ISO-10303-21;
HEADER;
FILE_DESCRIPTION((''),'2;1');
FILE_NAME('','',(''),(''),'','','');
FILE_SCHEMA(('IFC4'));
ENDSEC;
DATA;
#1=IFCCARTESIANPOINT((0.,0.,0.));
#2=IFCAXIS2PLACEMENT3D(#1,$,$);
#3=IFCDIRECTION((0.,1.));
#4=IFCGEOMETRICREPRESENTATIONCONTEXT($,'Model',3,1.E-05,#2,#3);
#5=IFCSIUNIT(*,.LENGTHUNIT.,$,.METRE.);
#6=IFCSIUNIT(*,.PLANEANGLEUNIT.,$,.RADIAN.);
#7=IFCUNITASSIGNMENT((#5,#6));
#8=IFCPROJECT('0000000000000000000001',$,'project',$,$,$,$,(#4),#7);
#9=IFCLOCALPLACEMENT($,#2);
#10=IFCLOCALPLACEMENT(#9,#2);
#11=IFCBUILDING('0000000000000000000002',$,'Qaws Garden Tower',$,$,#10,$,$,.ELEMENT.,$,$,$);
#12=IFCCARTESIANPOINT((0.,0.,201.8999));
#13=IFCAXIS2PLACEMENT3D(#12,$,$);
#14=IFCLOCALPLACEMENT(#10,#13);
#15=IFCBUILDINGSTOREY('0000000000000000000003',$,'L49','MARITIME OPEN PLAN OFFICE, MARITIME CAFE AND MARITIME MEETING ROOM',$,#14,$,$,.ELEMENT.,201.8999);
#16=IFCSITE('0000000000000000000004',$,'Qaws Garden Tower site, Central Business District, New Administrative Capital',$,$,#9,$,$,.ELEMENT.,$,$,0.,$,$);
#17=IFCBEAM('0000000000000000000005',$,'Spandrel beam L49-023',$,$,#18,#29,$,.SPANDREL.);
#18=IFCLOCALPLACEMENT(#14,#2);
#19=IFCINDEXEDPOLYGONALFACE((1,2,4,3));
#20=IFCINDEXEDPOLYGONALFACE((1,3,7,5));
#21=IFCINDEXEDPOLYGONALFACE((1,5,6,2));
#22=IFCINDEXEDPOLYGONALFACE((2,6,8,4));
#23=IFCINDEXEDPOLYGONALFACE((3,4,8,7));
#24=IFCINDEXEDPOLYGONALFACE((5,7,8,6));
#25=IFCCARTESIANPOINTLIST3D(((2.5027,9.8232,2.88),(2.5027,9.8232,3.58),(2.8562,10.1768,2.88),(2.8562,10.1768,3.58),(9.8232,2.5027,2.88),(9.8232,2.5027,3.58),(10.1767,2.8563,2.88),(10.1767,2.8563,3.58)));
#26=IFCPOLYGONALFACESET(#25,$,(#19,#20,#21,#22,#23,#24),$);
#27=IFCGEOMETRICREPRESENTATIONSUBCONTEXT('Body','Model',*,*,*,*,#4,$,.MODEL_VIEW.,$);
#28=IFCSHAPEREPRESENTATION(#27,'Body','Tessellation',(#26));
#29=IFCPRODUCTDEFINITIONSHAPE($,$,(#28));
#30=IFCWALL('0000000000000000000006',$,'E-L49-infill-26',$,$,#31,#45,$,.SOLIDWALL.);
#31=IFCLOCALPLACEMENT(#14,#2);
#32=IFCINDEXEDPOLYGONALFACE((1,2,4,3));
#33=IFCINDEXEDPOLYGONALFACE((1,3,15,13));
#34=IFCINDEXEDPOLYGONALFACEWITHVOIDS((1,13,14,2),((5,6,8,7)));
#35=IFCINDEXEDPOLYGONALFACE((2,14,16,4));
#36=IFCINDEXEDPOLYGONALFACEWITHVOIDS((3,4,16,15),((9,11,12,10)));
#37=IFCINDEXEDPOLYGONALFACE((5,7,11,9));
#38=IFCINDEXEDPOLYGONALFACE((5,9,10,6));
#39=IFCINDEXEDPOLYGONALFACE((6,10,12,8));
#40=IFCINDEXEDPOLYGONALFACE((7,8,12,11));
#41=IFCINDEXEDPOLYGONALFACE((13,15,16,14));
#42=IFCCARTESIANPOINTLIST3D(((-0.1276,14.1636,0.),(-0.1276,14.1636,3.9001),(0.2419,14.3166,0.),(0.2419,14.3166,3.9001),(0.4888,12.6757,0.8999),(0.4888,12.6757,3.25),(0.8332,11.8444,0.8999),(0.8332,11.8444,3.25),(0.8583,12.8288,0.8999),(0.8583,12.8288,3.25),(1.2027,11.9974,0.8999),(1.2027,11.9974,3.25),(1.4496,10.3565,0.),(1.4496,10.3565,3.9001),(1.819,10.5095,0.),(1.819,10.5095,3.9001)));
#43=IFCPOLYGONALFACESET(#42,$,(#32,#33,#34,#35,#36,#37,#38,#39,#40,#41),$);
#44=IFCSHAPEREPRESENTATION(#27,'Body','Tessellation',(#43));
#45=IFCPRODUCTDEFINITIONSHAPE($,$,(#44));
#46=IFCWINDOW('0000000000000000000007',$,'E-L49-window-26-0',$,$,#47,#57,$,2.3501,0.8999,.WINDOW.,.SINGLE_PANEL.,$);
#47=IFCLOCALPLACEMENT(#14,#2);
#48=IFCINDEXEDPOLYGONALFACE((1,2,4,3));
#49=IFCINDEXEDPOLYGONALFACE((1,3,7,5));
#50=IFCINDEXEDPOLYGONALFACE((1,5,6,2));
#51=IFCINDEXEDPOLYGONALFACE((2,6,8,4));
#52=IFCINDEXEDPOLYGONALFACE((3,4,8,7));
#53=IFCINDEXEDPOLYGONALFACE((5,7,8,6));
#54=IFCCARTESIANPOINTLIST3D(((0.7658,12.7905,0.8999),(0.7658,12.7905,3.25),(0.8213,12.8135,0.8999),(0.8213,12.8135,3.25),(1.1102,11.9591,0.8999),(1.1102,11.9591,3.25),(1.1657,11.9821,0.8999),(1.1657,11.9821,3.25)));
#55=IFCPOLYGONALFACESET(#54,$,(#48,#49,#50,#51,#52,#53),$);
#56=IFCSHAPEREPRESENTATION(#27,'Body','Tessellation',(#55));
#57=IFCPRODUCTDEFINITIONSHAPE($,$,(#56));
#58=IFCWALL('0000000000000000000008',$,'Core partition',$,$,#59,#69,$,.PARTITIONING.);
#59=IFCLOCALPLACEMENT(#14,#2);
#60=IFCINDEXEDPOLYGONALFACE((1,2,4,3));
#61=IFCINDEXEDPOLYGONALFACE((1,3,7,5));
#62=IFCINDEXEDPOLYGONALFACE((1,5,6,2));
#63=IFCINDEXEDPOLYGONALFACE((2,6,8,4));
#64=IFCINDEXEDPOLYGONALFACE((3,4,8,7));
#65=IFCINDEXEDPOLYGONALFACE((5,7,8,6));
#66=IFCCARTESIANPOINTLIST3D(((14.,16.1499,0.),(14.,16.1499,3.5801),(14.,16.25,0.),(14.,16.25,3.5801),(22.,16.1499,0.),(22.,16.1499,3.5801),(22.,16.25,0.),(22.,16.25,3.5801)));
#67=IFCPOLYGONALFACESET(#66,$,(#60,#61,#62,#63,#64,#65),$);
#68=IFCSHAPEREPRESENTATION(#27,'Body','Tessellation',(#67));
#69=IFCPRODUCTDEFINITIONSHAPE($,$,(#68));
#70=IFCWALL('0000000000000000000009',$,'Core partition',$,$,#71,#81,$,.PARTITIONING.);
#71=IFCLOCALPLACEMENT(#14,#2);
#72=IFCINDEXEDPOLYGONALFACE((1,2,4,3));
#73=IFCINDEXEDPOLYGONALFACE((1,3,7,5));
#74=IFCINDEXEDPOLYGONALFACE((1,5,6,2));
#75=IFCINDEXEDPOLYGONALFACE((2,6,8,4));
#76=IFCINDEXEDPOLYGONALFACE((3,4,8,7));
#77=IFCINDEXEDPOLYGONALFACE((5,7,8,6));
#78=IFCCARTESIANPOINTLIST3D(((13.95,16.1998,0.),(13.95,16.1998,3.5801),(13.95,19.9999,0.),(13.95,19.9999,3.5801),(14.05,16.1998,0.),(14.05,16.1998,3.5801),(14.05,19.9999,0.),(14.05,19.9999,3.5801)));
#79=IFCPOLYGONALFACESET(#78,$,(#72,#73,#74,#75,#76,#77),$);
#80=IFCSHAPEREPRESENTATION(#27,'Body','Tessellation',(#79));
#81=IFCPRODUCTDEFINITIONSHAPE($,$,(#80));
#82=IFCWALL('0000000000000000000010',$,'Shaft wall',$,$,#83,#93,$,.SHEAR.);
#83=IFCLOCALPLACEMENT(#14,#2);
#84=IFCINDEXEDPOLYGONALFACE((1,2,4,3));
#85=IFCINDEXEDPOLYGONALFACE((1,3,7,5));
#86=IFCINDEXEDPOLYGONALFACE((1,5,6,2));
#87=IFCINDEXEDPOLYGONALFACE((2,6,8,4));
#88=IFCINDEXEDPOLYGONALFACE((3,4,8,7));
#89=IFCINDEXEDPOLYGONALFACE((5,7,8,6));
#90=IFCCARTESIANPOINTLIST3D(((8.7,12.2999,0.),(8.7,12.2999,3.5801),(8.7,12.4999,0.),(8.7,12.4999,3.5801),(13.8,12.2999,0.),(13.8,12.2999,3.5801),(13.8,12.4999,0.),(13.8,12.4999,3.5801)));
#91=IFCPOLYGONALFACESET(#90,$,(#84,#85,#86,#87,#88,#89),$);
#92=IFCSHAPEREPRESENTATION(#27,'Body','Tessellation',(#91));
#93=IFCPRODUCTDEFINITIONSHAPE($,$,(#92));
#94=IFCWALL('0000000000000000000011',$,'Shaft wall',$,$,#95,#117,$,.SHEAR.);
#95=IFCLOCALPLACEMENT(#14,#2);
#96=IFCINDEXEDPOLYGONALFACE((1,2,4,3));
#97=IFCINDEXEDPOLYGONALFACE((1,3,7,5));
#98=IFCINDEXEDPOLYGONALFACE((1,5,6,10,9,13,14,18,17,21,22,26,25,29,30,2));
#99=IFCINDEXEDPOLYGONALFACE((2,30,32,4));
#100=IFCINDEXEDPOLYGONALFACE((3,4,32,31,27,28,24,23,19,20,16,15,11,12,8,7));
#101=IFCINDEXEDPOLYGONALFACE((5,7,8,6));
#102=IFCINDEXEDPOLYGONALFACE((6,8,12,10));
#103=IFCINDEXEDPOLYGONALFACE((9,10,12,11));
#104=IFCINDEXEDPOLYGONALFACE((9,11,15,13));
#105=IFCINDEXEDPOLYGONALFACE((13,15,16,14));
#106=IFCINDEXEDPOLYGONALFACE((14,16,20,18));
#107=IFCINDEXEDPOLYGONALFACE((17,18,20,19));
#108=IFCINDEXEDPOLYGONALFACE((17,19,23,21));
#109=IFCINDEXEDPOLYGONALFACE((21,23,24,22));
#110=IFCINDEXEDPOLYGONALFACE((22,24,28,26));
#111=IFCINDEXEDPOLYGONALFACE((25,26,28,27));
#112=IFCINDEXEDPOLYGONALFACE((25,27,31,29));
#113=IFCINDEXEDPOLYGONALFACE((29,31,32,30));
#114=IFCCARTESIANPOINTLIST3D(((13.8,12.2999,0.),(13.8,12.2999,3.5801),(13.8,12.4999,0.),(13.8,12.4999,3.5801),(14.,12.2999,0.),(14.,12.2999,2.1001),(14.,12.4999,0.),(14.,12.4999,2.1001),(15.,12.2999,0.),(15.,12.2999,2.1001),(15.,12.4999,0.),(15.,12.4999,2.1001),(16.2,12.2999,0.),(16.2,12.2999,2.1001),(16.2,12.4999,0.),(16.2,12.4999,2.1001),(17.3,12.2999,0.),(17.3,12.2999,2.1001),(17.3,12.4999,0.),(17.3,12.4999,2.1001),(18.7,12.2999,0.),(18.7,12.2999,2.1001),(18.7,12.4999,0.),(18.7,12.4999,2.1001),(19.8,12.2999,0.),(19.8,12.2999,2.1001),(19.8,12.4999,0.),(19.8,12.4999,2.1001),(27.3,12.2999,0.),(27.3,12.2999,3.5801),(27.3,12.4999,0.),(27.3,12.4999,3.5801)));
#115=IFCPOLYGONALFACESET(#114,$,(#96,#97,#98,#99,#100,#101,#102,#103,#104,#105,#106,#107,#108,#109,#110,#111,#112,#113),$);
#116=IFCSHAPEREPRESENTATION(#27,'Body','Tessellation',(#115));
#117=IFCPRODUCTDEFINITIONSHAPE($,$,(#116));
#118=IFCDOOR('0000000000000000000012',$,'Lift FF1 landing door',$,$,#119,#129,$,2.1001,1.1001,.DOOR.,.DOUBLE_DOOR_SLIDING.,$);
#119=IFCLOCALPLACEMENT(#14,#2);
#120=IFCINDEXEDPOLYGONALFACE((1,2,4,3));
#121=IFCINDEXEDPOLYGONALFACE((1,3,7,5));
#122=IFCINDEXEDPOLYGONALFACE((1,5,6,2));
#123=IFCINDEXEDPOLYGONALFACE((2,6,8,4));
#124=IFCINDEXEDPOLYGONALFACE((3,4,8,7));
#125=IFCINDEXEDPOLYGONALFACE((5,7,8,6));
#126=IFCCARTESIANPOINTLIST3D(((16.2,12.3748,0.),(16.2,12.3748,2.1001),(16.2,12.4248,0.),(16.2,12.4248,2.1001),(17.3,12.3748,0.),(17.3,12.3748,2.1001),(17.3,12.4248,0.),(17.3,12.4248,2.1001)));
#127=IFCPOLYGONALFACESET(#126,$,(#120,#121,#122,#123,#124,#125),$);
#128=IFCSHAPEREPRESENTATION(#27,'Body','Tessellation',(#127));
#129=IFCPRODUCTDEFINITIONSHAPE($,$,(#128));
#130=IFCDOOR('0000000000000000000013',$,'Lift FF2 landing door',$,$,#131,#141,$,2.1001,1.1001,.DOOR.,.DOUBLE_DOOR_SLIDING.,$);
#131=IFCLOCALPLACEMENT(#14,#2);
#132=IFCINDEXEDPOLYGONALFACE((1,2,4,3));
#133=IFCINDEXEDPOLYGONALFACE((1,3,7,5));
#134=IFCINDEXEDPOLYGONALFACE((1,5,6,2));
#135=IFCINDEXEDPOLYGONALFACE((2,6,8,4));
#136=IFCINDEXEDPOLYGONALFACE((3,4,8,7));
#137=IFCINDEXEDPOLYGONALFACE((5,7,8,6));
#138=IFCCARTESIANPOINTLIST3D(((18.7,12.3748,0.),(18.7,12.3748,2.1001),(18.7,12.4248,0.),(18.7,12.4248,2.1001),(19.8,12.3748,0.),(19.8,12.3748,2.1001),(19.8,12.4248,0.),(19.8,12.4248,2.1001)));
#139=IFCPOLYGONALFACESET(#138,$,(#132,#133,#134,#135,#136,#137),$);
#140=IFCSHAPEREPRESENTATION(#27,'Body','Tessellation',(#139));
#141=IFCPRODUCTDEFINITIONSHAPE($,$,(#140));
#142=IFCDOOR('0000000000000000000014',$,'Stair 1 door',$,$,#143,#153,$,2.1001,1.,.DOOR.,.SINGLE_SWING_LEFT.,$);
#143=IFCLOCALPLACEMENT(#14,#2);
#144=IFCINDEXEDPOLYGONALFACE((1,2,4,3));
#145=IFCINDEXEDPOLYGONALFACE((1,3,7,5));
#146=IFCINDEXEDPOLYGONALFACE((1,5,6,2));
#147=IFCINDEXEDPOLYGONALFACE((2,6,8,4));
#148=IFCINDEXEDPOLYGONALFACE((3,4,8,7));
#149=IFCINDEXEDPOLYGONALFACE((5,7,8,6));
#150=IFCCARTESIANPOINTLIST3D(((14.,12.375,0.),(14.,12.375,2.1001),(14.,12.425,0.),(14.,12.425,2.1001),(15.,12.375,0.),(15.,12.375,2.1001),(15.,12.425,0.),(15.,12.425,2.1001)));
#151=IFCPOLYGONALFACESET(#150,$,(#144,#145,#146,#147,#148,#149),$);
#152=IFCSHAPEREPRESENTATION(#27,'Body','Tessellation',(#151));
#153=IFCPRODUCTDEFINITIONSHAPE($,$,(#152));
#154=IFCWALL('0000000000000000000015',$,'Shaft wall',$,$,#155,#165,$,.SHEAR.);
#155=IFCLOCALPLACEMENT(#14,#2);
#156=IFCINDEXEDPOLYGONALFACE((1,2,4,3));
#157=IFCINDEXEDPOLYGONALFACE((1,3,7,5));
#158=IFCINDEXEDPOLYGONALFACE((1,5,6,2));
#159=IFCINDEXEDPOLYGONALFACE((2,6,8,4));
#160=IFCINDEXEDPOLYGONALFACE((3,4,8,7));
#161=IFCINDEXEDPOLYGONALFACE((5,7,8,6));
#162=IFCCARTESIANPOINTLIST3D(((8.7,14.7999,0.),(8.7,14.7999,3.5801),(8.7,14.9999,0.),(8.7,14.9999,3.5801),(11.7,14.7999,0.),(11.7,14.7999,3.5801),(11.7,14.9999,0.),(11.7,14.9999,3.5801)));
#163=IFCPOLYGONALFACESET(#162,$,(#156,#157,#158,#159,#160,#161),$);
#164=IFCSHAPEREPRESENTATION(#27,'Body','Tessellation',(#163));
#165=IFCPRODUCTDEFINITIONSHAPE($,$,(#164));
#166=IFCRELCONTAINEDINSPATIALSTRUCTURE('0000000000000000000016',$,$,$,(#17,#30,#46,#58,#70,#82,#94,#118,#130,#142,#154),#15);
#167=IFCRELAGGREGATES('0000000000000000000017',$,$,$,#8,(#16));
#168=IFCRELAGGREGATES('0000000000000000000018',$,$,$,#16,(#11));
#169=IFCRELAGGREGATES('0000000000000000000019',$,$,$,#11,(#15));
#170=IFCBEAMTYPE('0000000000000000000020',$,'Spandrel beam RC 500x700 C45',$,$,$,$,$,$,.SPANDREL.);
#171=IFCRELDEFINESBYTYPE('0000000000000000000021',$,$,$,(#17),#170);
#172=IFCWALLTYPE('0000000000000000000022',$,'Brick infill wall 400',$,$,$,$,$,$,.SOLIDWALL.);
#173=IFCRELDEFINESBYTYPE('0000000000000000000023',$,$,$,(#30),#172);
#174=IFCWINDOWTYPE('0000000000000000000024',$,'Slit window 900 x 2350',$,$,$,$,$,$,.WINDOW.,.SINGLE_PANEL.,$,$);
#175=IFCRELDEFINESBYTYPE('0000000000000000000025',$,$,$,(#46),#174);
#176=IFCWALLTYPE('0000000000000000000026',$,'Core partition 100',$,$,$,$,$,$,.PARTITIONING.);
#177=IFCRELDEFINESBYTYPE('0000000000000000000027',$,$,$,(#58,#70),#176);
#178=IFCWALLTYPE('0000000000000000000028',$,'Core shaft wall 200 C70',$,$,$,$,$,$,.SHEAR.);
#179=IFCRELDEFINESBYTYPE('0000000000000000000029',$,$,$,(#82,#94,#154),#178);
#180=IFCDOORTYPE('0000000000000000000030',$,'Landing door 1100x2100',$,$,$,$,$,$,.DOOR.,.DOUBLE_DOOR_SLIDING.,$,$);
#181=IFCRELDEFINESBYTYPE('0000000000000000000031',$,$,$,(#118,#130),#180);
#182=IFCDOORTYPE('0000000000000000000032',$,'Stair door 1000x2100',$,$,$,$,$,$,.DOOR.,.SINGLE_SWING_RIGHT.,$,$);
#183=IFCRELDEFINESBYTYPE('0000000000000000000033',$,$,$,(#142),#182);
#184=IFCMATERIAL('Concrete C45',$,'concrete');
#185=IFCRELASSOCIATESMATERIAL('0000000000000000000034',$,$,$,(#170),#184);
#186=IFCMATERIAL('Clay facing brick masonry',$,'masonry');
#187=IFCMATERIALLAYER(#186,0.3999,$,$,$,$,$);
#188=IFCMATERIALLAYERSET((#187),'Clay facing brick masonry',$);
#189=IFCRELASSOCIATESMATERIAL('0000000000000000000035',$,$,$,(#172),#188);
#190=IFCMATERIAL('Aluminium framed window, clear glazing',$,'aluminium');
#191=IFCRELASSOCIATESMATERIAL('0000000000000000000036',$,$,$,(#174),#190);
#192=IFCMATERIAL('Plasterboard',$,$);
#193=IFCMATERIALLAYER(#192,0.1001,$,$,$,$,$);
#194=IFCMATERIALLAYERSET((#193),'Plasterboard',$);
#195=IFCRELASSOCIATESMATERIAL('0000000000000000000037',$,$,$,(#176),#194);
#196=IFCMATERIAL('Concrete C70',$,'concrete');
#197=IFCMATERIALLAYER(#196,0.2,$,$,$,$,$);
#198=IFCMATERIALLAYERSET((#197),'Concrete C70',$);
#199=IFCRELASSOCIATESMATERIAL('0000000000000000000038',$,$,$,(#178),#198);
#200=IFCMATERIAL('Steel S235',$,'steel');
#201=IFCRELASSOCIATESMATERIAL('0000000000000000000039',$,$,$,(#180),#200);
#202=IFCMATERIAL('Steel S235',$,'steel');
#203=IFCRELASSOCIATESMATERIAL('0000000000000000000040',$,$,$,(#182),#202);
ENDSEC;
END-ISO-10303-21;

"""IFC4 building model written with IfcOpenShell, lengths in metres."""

from ifc_helpers import new_model, si_unit, direction, frame, frame_2d, origin, origin_2d, place, context, subcontext, project, spatial, rectangle, extrude, material, layer, layer_set, material_profile, profile_set, type_object, element, fill, save


model = new_model("IFC4")

# Units and contexts
model_context = context("Model", 3, precision=1e-05, world=origin(), true_north=direction((0.0, 1.0)))
body_context = subcontext(model_context, "Body", "Model", "MODEL_VIEW")
ifc_project = project(units=[si_unit("LENGTHUNIT", "METRE"), si_unit("PLANEANGLEUNIT", "RADIAN")], contexts=[model_context])

# Site, building, storey
site_placement = place(None, origin())
site = spatial("IfcSite", under=ifc_project, at=site_placement, Name="Qaws Garden Tower site, Central Business District, New Administrative Capital", CompositionType="ELEMENT", RefElevation=0.0)
building_placement = place(site_placement, origin())
building = spatial("IfcBuilding", under=site, at=building_placement, Name="Qaws Garden Tower", CompositionType="ELEMENT")
storey_placement = place(building_placement, frame((0.0, 0.0, 201.8999)))
storey = spatial("IfcBuildingStorey", under=building, at=storey_placement, Name="L49", Description="MARITIME OPEN PLAN OFFICE, MARITIME CAFE AND MARITIME MEETING ROOM", CompositionType="ELEMENT", Elevation=201.8999)

# Beam
ifc_material_1 = material(Name="Concrete C45", Category="concrete")
ifc_material_profile = material_profile(ifc_material_1, rectangle(XDim=0.5, YDim=0.7, at=origin_2d()), Name="RC 500x700")
ifc_profile_set = profile_set([ifc_material_profile], Name="Concrete C45")
beam_type = type_object("IfcBeamType", Name="Spandrel beam RC 500x700 C45", PredefinedType="SPANDREL", material=ifc_profile_set)
beam_placement = place(storey_placement, frame((2.6794, 10.0, 3.23), z_axis=(0.707107, -0.707107, 0.0), x_axis=(0.707107, 0.707107, 0.0)))
element("IfcBeam", 1, at=beam_placement, inside=storey, type_object=beam_type, Name="Spandrel beam L49-023", PredefinedType="SPANDREL", context=body_context, shape_type="SweptSolid", body=[
    extrude(rectangle(XDim=0.5, YDim=0.7, at=origin_2d()), origin(), (0.0, 0.0, 1.0), 10.3528),
])

# Wall, opening, window
ifc_material_2 = material(Name="Clay facing brick masonry", Category="masonry")
ifc_layer_1 = layer(ifc_material_2, 0.3999)
ifc_layer_set_1 = layer_set([ifc_layer_1], Name="Clay facing brick masonry")
wall_type_1 = type_object("IfcWallType", Name="Brick infill wall 400", PredefinedType="SOLIDWALL", material=ifc_layer_set_1)
wall_1_placement = place(storey_placement, frame((0.0571, 14.2402, 0.0), z_axis=(0.0, 0.0, 1.0), x_axis=(0.382722, -0.923864, 0.0)))
wall_1 = element("IfcWall", 2, at=wall_1_placement, inside=storey, type_object=wall_type_1, Name="E-L49-infill-26", PredefinedType="SOLIDWALL", context=body_context, shape_type="SweptSolid", body=[
    extrude(rectangle(XDim=4.1208, YDim=0.3999, at=frame_2d((2.0605, 0.0))), origin(), (0.0, 0.0, 1.0), 3.9001),
])
opening_1_placement = place(wall_1_placement, frame((1.6106, 0.0, 0.8999)))
opening_1 = element("IfcOpeningElement", 3, at=opening_1_placement, cuts=wall_1, PredefinedType="OPENING", context=body_context, shape_type="SweptSolid", body=[
    extrude(rectangle(XDim=0.8999, YDim=2.3501, at=frame_2d((0.45, 1.175))), frame((0.0, 0.21, 0.0), z_axis=(0.0, -1.0, 0.0), x_axis=(1.0, 0.0, 0.0)), (0.0, 0.0, 1.0), 0.4199),
])
ifc_material_3 = material(Name="Aluminium framed window, clear glazing", Category="aluminium")
window_type = type_object("IfcWindowType", Name="Slit window 900 x 2350", PartitioningType="SINGLE_PANEL", PredefinedType="WINDOW", material=ifc_material_3)
window_placement = place(opening_1_placement, origin())
window = element("IfcWindow", 4, at=window_placement, inside=storey, type_object=window_type, Name="E-L49-window-26-0", OverallHeight=2.3501, OverallWidth=0.8999, PartitioningType="SINGLE_PANEL", PredefinedType="WINDOW", context=body_context, shape_type="SweptSolid", body=[
    extrude(rectangle(XDim=0.8999, YDim=2.3501, at=frame_2d((0.45, 1.175))), frame((0.0, 0.1599, 0.0), z_axis=(0.0, -1.0, 0.0), x_axis=(1.0, 0.0, 0.0)), (0.0, 0.0, 1.0), 0.0601),
])
fill(opening_1, window)

# Walls
ifc_material_4 = material(Name="Plasterboard")
ifc_layer_2 = layer(ifc_material_4, 0.1001)
ifc_layer_set_2 = layer_set([ifc_layer_2], Name="Plasterboard")
wall_type_2 = type_object("IfcWallType", Name="Core partition 100", PredefinedType="PARTITIONING", material=ifc_layer_set_2)
wall_2_placement = place(storey_placement, frame((14.0, 16.2, 0.0), z_axis=(0.0, 0.0, 1.0), x_axis=(1.0, 0.0, 0.0)))
element("IfcWall", 5, at=wall_2_placement, inside=storey, type_object=wall_type_2, Name="Core partition", PredefinedType="PARTITIONING", context=body_context, shape_type="SweptSolid", body=[
    extrude(rectangle(XDim=8.0, YDim=0.1001, at=frame_2d((4.0, 0.0))), origin(), (0.0, 0.0, 1.0), 3.5801),
])
wall_3_placement = place(storey_placement, frame((14.0, 16.2, 0.0), z_axis=(0.0, 0.0, 1.0), x_axis=(0.0, 1.0, 0.0)))
element("IfcWall", 6, at=wall_3_placement, inside=storey, type_object=wall_type_2, Name="Core partition", PredefinedType="PARTITIONING", context=body_context, shape_type="SweptSolid", body=[
    extrude(rectangle(XDim=3.8, YDim=0.1001, at=frame_2d((1.8999, 0.0))), origin(), (0.0, 0.0, 1.0), 3.5801),
])
ifc_material_5 = material(Name="Concrete C70", Category="concrete")
ifc_layer_3 = layer(ifc_material_5, 0.2)
ifc_layer_set_3 = layer_set([ifc_layer_3], Name="Concrete C70")
wall_type_3 = type_object("IfcWallType", Name="Core shaft wall 200 C70", PredefinedType="SHEAR", material=ifc_layer_set_3)
wall_4_placement = place(storey_placement, frame((8.7, 12.3999, 0.0), z_axis=(0.0, 0.0, 1.0), x_axis=(1.0, 0.0, 0.0)))
element("IfcWall", 7, at=wall_4_placement, inside=storey, type_object=wall_type_3, Name="Shaft wall", PredefinedType="SHEAR", context=body_context, shape_type="SweptSolid", body=[
    extrude(rectangle(XDim=5.1001, YDim=0.2, at=frame_2d((2.55, 0.0))), origin(), (0.0, 0.0, 1.0), 3.5801),
])

# Wall, openings, doors
wall_5_placement = place(storey_placement, frame((13.8, 12.3999, 0.0), z_axis=(0.0, 0.0, 1.0), x_axis=(1.0, 0.0, 0.0)))
wall_5 = element("IfcWall", 8, at=wall_5_placement, inside=storey, type_object=wall_type_3, Name="Shaft wall", PredefinedType="SHEAR", context=body_context, shape_type="SweptSolid", body=[
    extrude(rectangle(XDim=13.5, YDim=0.2, at=frame_2d((6.75, 0.0))), origin(), (0.0, 0.0, 1.0), 3.5801),
])
opening_2_placement = place(wall_5_placement, frame((2.3999, 0.0, 0.0)))
opening_2 = element("IfcOpeningElement", 9, at=opening_2_placement, cuts=wall_5, PredefinedType="OPENING", context=body_context, shape_type="SweptSolid", body=[
    extrude(rectangle(XDim=1.1001, YDim=2.1001, at=frame_2d((0.55, 1.05))), frame((0.0, 0.1099, 0.0), z_axis=(0.0, -1.0, 0.0), x_axis=(1.0, 0.0, 0.0)), (0.0, 0.0, 1.0), 0.22),
])
opening_3_placement = place(wall_5_placement, frame((4.8999, 0.0, 0.0)))
opening_3 = element("IfcOpeningElement", 10, at=opening_3_placement, cuts=wall_5, PredefinedType="OPENING", context=body_context, shape_type="SweptSolid", body=[
    extrude(rectangle(XDim=1.1001, YDim=2.1001, at=frame_2d((0.55, 1.05))), frame((0.0, 0.1099, 0.0), z_axis=(0.0, -1.0, 0.0), x_axis=(1.0, 0.0, 0.0)), (0.0, 0.0, 1.0), 0.22),
])
opening_4_placement = place(wall_5_placement, frame((0.2, 0.0, 0.0)))
opening_4 = element("IfcOpeningElement", 11, at=opening_4_placement, cuts=wall_5, PredefinedType="OPENING", context=body_context, shape_type="SweptSolid", body=[
    extrude(rectangle(XDim=1.0, YDim=2.1001, at=frame_2d((0.5, 1.05))), frame((0.0, 0.1099, 0.0), z_axis=(0.0, -1.0, 0.0), x_axis=(1.0, 0.0, 0.0)), (0.0, 0.0, 1.0), 0.22),
])
ifc_material_6 = material(Name="Steel S235", Category="steel")
door_type_1 = type_object("IfcDoorType", Name="Landing door 1100x2100", OperationType="DOUBLE_DOOR_SLIDING", PredefinedType="DOOR", material=ifc_material_6)
door_1_placement = place(opening_2_placement, origin())
door_1 = element("IfcDoor", 12, at=door_1_placement, inside=storey, type_object=door_type_1, Name="Lift FF1 landing door", OperationType="DOUBLE_DOOR_SLIDING", OverallHeight=2.1001, OverallWidth=1.1001, PredefinedType="DOOR", context=body_context, shape_type="SweptSolid", body=[
    extrude(rectangle(XDim=1.1001, YDim=2.1001, at=frame_2d((0.55, 1.05))), frame((0.0, 0.0249, 0.0), z_axis=(0.0, -1.0, 0.0), x_axis=(1.0, 0.0, 0.0)), (0.0, 0.0, 1.0), 0.05),
])
fill(opening_2, door_1)
door_2_placement = place(opening_3_placement, origin())
door_2 = element("IfcDoor", 13, at=door_2_placement, inside=storey, type_object=door_type_1, Name="Lift FF2 landing door", OperationType="DOUBLE_DOOR_SLIDING", OverallHeight=2.1001, OverallWidth=1.1001, PredefinedType="DOOR", context=body_context, shape_type="SweptSolid", body=[
    extrude(rectangle(XDim=1.1001, YDim=2.1001, at=frame_2d((0.55, 1.05))), frame((0.0, 0.0249, 0.0), z_axis=(0.0, -1.0, 0.0), x_axis=(1.0, 0.0, 0.0)), (0.0, 0.0, 1.0), 0.05),
])
fill(opening_3, door_2)
ifc_material_7 = material(Name="Steel S235", Category="steel")
door_type_2 = type_object("IfcDoorType", Name="Stair door 1000x2100", OperationType="SINGLE_SWING_RIGHT", PredefinedType="DOOR", material=ifc_material_7)
door_3_placement = place(opening_4_placement, frame((1.0, 0.0, 0.0), z_axis=(0.0, 0.0, 1.0), x_axis=(-1.0, 0.0, 0.0)))
door_3 = element("IfcDoor", 14, at=door_3_placement, inside=storey, type_object=door_type_2, Name="Stair 1 door", OperationType="SINGLE_SWING_LEFT", OverallHeight=2.1001, OverallWidth=1.0, PredefinedType="DOOR", context=body_context, shape_type="SweptSolid", body=[
    extrude(rectangle(XDim=1.0, YDim=2.1001, at=frame_2d((0.5, 1.05))), frame((0.0, 0.0249, 0.0), z_axis=(0.0, -1.0, 0.0), x_axis=(1.0, 0.0, 0.0)), (0.0, 0.0, 1.0), 0.05),
])
fill(opening_4, door_3)

# Wall
wall_6_placement = place(storey_placement, frame((8.7, 14.8999, 0.0), z_axis=(0.0, 0.0, 1.0), x_axis=(1.0, 0.0, 0.0)))
element("IfcWall", 15, at=wall_6_placement, inside=storey, type_object=wall_type_3, Name="Shaft wall", PredefinedType="SHEAR", context=body_context, shape_type="SweptSolid", body=[
    extrude(rectangle(XDim=3.0, YDim=0.2, at=frame_2d((1.5, 0.0))), origin(), (0.0, 0.0, 1.0), 3.5801),
])

save(model, "model.ifc")
